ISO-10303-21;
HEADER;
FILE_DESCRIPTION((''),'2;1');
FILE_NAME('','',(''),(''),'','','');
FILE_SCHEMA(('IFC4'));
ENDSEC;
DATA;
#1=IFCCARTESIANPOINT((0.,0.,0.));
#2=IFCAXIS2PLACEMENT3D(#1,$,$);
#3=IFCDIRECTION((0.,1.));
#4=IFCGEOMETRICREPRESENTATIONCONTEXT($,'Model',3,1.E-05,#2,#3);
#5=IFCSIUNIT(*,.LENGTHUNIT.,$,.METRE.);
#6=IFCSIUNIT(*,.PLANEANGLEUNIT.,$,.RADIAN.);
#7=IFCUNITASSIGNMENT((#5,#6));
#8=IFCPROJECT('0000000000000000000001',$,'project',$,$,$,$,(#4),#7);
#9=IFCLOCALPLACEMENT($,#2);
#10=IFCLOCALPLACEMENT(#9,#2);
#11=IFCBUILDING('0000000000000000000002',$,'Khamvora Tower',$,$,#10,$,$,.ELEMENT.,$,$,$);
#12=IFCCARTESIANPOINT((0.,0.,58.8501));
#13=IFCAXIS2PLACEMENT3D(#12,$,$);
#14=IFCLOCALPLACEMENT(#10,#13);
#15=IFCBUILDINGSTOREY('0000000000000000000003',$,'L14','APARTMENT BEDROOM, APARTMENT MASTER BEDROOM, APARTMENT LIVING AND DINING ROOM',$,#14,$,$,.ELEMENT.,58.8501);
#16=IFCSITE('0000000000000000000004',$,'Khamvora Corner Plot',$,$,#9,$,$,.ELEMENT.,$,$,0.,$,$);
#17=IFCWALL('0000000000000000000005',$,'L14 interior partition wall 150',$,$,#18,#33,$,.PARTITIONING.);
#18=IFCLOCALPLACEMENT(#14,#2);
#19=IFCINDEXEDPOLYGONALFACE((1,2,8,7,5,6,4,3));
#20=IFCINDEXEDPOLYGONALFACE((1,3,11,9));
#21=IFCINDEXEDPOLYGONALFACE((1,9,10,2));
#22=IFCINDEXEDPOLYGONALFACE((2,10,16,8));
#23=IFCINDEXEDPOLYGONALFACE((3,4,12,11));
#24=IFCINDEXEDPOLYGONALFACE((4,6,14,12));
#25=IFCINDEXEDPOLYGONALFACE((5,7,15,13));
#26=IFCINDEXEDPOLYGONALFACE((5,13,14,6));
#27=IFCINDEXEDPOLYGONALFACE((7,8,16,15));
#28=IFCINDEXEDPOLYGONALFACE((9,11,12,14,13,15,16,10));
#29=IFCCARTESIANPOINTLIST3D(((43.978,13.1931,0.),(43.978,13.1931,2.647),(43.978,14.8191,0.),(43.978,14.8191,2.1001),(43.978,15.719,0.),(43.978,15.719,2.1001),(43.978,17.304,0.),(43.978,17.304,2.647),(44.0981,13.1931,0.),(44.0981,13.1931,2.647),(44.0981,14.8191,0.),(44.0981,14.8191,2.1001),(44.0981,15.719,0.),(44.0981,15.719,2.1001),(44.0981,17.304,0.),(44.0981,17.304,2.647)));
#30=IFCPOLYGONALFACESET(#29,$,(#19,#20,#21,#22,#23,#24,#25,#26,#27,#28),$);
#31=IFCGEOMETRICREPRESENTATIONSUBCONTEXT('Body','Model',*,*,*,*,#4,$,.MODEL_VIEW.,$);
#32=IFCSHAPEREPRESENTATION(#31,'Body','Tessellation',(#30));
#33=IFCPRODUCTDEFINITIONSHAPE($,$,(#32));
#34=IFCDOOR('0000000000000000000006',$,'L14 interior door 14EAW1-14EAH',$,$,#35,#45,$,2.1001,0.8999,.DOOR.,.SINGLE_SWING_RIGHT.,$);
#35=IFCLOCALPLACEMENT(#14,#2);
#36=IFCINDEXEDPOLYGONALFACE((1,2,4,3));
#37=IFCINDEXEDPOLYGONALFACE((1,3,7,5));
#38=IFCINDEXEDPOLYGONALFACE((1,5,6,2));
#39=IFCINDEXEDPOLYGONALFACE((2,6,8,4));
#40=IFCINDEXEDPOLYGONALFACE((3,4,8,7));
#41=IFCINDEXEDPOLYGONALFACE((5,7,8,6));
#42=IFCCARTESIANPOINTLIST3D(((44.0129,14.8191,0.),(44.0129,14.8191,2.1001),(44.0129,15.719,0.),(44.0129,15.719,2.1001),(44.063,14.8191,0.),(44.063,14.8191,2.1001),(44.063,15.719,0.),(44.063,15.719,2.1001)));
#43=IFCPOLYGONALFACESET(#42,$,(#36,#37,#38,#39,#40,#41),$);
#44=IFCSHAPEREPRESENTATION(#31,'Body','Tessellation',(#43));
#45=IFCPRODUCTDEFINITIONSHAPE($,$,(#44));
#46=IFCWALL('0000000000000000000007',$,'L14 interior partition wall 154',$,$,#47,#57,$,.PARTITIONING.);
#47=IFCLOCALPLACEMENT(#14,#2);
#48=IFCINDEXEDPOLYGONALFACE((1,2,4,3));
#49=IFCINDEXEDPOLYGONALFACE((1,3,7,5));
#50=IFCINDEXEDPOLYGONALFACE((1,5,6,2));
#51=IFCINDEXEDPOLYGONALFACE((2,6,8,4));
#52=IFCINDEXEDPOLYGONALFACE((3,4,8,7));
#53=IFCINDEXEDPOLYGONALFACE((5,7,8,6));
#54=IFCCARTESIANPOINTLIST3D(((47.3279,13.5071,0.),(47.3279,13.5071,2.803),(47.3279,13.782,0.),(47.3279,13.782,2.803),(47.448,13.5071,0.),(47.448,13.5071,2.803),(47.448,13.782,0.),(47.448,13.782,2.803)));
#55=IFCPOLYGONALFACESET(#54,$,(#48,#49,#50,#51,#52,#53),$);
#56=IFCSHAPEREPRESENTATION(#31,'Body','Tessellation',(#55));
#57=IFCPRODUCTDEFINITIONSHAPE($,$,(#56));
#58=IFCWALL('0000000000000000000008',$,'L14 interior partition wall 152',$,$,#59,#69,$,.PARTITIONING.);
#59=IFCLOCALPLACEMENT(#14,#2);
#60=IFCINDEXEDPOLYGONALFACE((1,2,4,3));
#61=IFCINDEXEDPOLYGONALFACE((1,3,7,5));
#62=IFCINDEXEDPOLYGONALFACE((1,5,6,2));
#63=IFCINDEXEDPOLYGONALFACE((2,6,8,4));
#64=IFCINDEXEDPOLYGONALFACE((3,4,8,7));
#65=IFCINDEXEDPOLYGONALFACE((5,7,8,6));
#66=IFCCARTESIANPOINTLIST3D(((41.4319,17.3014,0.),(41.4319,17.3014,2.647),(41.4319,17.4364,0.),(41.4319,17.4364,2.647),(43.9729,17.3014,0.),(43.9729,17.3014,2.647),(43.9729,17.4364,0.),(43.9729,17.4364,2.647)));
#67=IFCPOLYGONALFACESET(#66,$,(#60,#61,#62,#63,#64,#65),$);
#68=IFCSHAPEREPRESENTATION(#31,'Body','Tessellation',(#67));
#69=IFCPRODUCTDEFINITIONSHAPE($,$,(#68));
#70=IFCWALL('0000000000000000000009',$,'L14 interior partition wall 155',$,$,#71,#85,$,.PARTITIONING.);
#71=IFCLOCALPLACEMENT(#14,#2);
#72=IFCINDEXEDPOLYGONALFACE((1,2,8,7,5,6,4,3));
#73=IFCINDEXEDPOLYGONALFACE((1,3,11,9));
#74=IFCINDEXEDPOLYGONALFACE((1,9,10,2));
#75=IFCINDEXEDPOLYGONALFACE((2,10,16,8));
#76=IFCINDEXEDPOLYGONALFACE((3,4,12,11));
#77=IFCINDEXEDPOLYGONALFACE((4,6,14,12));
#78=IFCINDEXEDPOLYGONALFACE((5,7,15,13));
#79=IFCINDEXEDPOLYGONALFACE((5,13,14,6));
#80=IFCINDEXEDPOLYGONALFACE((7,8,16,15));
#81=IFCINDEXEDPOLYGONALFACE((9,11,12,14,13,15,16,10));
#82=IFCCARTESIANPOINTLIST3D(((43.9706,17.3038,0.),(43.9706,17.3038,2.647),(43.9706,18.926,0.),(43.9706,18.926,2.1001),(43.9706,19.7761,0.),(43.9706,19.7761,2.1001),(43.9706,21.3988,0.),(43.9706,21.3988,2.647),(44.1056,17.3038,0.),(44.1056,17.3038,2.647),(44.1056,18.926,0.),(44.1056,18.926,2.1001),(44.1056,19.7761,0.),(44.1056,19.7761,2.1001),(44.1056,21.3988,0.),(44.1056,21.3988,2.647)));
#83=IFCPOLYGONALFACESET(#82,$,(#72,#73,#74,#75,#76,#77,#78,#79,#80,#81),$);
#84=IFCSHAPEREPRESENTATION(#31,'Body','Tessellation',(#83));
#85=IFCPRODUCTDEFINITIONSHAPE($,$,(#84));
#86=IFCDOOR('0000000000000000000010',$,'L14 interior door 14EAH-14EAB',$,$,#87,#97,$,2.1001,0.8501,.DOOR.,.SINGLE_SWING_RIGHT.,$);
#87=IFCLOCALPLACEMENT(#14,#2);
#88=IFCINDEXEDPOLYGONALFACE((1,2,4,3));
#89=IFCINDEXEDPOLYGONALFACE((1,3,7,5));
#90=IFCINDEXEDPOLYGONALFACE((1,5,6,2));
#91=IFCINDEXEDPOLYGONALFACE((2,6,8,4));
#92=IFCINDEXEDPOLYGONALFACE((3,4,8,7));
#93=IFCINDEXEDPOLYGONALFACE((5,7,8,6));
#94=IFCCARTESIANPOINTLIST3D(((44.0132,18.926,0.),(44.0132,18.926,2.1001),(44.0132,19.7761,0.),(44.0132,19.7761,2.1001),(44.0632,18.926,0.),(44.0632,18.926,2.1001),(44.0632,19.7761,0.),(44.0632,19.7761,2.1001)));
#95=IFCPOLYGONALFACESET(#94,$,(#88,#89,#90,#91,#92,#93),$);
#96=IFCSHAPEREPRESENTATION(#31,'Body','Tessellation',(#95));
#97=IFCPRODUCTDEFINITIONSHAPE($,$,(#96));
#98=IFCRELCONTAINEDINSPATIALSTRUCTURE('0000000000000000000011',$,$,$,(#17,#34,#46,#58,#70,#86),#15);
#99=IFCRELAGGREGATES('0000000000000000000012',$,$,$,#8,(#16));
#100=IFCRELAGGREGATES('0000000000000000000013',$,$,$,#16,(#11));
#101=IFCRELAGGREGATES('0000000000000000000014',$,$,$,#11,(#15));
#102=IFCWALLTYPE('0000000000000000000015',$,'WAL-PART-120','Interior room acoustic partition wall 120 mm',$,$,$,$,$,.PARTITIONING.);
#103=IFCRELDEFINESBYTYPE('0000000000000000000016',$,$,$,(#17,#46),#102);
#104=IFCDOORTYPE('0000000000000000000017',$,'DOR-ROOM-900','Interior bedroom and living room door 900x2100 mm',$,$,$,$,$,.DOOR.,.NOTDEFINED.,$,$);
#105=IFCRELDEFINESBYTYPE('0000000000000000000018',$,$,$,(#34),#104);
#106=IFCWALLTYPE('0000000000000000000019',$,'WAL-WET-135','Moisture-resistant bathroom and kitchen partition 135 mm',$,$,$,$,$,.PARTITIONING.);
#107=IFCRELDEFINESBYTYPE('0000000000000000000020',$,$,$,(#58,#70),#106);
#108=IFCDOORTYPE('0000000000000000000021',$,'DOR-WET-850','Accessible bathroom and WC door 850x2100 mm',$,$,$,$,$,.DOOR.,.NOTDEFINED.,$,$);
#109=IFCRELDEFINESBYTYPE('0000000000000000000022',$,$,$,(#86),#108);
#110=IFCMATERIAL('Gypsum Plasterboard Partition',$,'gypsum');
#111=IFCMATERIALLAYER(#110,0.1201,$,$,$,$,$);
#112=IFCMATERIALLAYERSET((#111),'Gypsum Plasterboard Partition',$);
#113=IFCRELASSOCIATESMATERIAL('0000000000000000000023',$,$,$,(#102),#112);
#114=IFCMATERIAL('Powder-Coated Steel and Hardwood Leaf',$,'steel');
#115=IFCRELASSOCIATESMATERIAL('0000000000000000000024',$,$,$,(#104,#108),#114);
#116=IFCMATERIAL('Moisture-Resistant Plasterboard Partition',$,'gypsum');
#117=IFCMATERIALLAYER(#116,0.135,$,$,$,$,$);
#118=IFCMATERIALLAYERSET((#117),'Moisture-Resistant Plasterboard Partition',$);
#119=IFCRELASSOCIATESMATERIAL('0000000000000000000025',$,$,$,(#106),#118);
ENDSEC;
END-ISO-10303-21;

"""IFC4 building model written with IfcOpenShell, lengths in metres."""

from ifc_helpers import new_model, si_unit, direction, frame, frame_2d, origin, place, context, subcontext, project, spatial, rectangle, extrude, material, layer, layer_set, type_object, element, fill, save


model = new_model("IFC4")

# Units and contexts
model_context = context("Model", 3, precision=1e-05, world=origin(), true_north=direction((0.0, 1.0)))
body_context = subcontext(model_context, "Body", "Model", "MODEL_VIEW")
ifc_project = project(units=[si_unit("LENGTHUNIT", "METRE"), si_unit("PLANEANGLEUNIT", "RADIAN")], contexts=[model_context])

# Site, building, storey
site_placement = place(None, origin())
site = spatial("IfcSite", under=ifc_project, at=site_placement, Name="Khamvora Corner Plot", CompositionType="ELEMENT", RefElevation=0.0)
building_placement = place(site_placement, origin())
building = spatial("IfcBuilding", under=site, at=building_placement, Name="Khamvora Tower", CompositionType="ELEMENT")
storey_placement = place(building_placement, frame((0.0, 0.0, 58.8501)))
storey = spatial("IfcBuildingStorey", under=building, at=storey_placement, Name="L14", Description="APARTMENT BEDROOM, APARTMENT MASTER BEDROOM, APARTMENT LIVING AND DINING ROOM", CompositionType="ELEMENT", Elevation=58.8501)

# Wall, opening, door
ifc_material_1 = material(Name="Gypsum Plasterboard Partition", Category="gypsum")
ifc_layer_1 = layer(ifc_material_1, 0.1201)
ifc_layer_set_1 = layer_set([ifc_layer_1], Name="Gypsum Plasterboard Partition")
wall_type_1 = type_object("IfcWallType", Name="WAL-PART-120", Description="Interior room acoustic partition wall 120 mm", PredefinedType="PARTITIONING", material=ifc_layer_set_1)
wall_1_placement = place(storey_placement, frame((44.0381, 17.304, 0.0), z_axis=(0.0, 0.0, 1.0), x_axis=(0.0, -1.0, 0.0)))
wall_1 = element("IfcWall", 1, at=wall_1_placement, inside=storey, type_object=wall_type_1, Name="L14 interior partition wall 150", PredefinedType="PARTITIONING", context=body_context, shape_type="SweptSolid", body=[
    extrude(rectangle(XDim=4.1108, YDim=0.1201, at=frame_2d((2.0554, 0.0))), origin(), (0.0, 0.0, 1.0), 2.647),
])
opening_1_placement = place(wall_1_placement, frame((1.585, 0.0, 0.0)))
opening_1 = element("IfcOpeningElement", 2, at=opening_1_placement, cuts=wall_1, PredefinedType="OPENING", context=body_context, shape_type="SweptSolid", body=[
    extrude(rectangle(XDim=0.8999, YDim=2.1001, at=frame_2d((0.45, 1.05))), frame((0.0, 0.0701, 0.0), z_axis=(0.0, -1.0, 0.0), x_axis=(1.0, 0.0, 0.0)), (0.0, 0.0, 1.0), 0.1401),
])
ifc_material_2 = material(Name="Powder-Coated Steel and Hardwood Leaf", Category="steel")
door_type_1 = type_object("IfcDoorType", Name="DOR-ROOM-900", Description="Interior bedroom and living room door 900x2100 mm", OperationType="NOTDEFINED", PredefinedType="DOOR", material=ifc_material_2)
door_1_placement = place(opening_1_placement, origin())
door_1 = element("IfcDoor", 3, at=door_1_placement, inside=storey, type_object=door_type_1, Name="L14 interior door 14EAW1-14EAH", OperationType="SINGLE_SWING_RIGHT", OverallHeight=2.1001, OverallWidth=0.8999, PredefinedType="DOOR", context=body_context, shape_type="SweptSolid", body=[
    extrude(rectangle(XDim=0.8999, YDim=2.1001, at=frame_2d((0.45, 1.05))), frame((0.0, 0.0249, 0.0), z_axis=(0.0, -1.0, 0.0), x_axis=(1.0, 0.0, 0.0)), (0.0, 0.0, 1.0), 0.05),
])
fill(opening_1, door_1)

# Walls
wall_2_placement = place(storey_placement, frame((47.3879, 13.782, 0.0), z_axis=(0.0, 0.0, 1.0), x_axis=(0.0, -1.0, 0.0)))
element("IfcWall", 4, at=wall_2_placement, inside=storey, type_object=wall_type_1, Name="L14 interior partition wall 154", PredefinedType="PARTITIONING", context=body_context, shape_type="SweptSolid", body=[
    extrude(rectangle(XDim=0.2749, YDim=0.1201, at=frame_2d((0.1375, 0.0))), origin(), (0.0, 0.0, 1.0), 2.803),
])
ifc_material_3 = material(Name="Moisture-Resistant Plasterboard Partition", Category="gypsum")
ifc_layer_2 = layer(ifc_material_3, 0.135)
ifc_layer_set_2 = layer_set([ifc_layer_2], Name="Moisture-Resistant Plasterboard Partition")
wall_type_2 = type_object("IfcWallType", Name="WAL-WET-135", Description="Moisture-resistant bathroom and kitchen partition 135 mm", PredefinedType="PARTITIONING", material=ifc_layer_set_2)
wall_3_placement = place(storey_placement, frame((41.4319, 17.3689, 0.0), z_axis=(0.0, 0.0, 1.0), x_axis=(1.0, 0.0, 0.0)))
element("IfcWall", 5, at=wall_3_placement, inside=storey, type_object=wall_type_2, Name="L14 interior partition wall 152", PredefinedType="PARTITIONING", context=body_context, shape_type="SweptSolid", body=[
    extrude(rectangle(XDim=2.541, YDim=0.135, at=frame_2d((1.2705, 0.0))), origin(), (0.0, 0.0, 1.0), 2.647),
])

# Wall, opening, door
wall_4_placement = place(storey_placement, frame((44.0381, 17.304, 0.0), z_axis=(0.0, 0.0, 1.0), x_axis=(0.0, 1.0, 0.0)))
wall_4 = element("IfcWall", 6, at=wall_4_placement, inside=storey, type_object=wall_type_2, Name="L14 interior partition wall 155", PredefinedType="PARTITIONING", context=body_context, shape_type="SweptSolid", body=[
    extrude(rectangle(XDim=4.095, YDim=0.135, at=frame_2d((2.0474, 0.0))), origin(), (0.0, 0.0, 1.0), 2.647),
])
opening_2_placement = place(wall_4_placement, frame((1.6221, 0.0, 0.0)))
opening_2 = element("IfcOpeningElement", 7, at=opening_2_placement, cuts=wall_4, PredefinedType="OPENING", context=body_context, shape_type="SweptSolid", body=[
    extrude(rectangle(XDim=0.8501, YDim=2.1001, at=frame_2d((0.425, 1.05))), frame((0.0, 0.0774, 0.0), z_axis=(0.0, -1.0, 0.0), x_axis=(1.0, 0.0, 0.0)), (0.0, 0.0, 1.0), 0.155),
])
door_type_2 = type_object("IfcDoorType", Name="DOR-WET-850", Description="Accessible bathroom and WC door 850x2100 mm", OperationType="NOTDEFINED", PredefinedType="DOOR", material=ifc_material_2)
door_2_placement = place(opening_2_placement, origin())
door_2 = element("IfcDoor", 8, at=door_2_placement, inside=storey, type_object=door_type_2, Name="L14 interior door 14EAH-14EAB", OperationType="SINGLE_SWING_RIGHT", OverallHeight=2.1001, OverallWidth=0.8501, PredefinedType="DOOR", context=body_context, shape_type="SweptSolid", body=[
    extrude(rectangle(XDim=0.8501, YDim=2.1001, at=frame_2d((0.425, 1.05))), frame((0.0, 0.0249, 0.0), z_axis=(0.0, -1.0, 0.0), x_axis=(1.0, 0.0, 0.0)), (0.0, 0.0, 1.0), 0.05),
])
fill(opening_2, door_2)

save(model, "model.ifc")
